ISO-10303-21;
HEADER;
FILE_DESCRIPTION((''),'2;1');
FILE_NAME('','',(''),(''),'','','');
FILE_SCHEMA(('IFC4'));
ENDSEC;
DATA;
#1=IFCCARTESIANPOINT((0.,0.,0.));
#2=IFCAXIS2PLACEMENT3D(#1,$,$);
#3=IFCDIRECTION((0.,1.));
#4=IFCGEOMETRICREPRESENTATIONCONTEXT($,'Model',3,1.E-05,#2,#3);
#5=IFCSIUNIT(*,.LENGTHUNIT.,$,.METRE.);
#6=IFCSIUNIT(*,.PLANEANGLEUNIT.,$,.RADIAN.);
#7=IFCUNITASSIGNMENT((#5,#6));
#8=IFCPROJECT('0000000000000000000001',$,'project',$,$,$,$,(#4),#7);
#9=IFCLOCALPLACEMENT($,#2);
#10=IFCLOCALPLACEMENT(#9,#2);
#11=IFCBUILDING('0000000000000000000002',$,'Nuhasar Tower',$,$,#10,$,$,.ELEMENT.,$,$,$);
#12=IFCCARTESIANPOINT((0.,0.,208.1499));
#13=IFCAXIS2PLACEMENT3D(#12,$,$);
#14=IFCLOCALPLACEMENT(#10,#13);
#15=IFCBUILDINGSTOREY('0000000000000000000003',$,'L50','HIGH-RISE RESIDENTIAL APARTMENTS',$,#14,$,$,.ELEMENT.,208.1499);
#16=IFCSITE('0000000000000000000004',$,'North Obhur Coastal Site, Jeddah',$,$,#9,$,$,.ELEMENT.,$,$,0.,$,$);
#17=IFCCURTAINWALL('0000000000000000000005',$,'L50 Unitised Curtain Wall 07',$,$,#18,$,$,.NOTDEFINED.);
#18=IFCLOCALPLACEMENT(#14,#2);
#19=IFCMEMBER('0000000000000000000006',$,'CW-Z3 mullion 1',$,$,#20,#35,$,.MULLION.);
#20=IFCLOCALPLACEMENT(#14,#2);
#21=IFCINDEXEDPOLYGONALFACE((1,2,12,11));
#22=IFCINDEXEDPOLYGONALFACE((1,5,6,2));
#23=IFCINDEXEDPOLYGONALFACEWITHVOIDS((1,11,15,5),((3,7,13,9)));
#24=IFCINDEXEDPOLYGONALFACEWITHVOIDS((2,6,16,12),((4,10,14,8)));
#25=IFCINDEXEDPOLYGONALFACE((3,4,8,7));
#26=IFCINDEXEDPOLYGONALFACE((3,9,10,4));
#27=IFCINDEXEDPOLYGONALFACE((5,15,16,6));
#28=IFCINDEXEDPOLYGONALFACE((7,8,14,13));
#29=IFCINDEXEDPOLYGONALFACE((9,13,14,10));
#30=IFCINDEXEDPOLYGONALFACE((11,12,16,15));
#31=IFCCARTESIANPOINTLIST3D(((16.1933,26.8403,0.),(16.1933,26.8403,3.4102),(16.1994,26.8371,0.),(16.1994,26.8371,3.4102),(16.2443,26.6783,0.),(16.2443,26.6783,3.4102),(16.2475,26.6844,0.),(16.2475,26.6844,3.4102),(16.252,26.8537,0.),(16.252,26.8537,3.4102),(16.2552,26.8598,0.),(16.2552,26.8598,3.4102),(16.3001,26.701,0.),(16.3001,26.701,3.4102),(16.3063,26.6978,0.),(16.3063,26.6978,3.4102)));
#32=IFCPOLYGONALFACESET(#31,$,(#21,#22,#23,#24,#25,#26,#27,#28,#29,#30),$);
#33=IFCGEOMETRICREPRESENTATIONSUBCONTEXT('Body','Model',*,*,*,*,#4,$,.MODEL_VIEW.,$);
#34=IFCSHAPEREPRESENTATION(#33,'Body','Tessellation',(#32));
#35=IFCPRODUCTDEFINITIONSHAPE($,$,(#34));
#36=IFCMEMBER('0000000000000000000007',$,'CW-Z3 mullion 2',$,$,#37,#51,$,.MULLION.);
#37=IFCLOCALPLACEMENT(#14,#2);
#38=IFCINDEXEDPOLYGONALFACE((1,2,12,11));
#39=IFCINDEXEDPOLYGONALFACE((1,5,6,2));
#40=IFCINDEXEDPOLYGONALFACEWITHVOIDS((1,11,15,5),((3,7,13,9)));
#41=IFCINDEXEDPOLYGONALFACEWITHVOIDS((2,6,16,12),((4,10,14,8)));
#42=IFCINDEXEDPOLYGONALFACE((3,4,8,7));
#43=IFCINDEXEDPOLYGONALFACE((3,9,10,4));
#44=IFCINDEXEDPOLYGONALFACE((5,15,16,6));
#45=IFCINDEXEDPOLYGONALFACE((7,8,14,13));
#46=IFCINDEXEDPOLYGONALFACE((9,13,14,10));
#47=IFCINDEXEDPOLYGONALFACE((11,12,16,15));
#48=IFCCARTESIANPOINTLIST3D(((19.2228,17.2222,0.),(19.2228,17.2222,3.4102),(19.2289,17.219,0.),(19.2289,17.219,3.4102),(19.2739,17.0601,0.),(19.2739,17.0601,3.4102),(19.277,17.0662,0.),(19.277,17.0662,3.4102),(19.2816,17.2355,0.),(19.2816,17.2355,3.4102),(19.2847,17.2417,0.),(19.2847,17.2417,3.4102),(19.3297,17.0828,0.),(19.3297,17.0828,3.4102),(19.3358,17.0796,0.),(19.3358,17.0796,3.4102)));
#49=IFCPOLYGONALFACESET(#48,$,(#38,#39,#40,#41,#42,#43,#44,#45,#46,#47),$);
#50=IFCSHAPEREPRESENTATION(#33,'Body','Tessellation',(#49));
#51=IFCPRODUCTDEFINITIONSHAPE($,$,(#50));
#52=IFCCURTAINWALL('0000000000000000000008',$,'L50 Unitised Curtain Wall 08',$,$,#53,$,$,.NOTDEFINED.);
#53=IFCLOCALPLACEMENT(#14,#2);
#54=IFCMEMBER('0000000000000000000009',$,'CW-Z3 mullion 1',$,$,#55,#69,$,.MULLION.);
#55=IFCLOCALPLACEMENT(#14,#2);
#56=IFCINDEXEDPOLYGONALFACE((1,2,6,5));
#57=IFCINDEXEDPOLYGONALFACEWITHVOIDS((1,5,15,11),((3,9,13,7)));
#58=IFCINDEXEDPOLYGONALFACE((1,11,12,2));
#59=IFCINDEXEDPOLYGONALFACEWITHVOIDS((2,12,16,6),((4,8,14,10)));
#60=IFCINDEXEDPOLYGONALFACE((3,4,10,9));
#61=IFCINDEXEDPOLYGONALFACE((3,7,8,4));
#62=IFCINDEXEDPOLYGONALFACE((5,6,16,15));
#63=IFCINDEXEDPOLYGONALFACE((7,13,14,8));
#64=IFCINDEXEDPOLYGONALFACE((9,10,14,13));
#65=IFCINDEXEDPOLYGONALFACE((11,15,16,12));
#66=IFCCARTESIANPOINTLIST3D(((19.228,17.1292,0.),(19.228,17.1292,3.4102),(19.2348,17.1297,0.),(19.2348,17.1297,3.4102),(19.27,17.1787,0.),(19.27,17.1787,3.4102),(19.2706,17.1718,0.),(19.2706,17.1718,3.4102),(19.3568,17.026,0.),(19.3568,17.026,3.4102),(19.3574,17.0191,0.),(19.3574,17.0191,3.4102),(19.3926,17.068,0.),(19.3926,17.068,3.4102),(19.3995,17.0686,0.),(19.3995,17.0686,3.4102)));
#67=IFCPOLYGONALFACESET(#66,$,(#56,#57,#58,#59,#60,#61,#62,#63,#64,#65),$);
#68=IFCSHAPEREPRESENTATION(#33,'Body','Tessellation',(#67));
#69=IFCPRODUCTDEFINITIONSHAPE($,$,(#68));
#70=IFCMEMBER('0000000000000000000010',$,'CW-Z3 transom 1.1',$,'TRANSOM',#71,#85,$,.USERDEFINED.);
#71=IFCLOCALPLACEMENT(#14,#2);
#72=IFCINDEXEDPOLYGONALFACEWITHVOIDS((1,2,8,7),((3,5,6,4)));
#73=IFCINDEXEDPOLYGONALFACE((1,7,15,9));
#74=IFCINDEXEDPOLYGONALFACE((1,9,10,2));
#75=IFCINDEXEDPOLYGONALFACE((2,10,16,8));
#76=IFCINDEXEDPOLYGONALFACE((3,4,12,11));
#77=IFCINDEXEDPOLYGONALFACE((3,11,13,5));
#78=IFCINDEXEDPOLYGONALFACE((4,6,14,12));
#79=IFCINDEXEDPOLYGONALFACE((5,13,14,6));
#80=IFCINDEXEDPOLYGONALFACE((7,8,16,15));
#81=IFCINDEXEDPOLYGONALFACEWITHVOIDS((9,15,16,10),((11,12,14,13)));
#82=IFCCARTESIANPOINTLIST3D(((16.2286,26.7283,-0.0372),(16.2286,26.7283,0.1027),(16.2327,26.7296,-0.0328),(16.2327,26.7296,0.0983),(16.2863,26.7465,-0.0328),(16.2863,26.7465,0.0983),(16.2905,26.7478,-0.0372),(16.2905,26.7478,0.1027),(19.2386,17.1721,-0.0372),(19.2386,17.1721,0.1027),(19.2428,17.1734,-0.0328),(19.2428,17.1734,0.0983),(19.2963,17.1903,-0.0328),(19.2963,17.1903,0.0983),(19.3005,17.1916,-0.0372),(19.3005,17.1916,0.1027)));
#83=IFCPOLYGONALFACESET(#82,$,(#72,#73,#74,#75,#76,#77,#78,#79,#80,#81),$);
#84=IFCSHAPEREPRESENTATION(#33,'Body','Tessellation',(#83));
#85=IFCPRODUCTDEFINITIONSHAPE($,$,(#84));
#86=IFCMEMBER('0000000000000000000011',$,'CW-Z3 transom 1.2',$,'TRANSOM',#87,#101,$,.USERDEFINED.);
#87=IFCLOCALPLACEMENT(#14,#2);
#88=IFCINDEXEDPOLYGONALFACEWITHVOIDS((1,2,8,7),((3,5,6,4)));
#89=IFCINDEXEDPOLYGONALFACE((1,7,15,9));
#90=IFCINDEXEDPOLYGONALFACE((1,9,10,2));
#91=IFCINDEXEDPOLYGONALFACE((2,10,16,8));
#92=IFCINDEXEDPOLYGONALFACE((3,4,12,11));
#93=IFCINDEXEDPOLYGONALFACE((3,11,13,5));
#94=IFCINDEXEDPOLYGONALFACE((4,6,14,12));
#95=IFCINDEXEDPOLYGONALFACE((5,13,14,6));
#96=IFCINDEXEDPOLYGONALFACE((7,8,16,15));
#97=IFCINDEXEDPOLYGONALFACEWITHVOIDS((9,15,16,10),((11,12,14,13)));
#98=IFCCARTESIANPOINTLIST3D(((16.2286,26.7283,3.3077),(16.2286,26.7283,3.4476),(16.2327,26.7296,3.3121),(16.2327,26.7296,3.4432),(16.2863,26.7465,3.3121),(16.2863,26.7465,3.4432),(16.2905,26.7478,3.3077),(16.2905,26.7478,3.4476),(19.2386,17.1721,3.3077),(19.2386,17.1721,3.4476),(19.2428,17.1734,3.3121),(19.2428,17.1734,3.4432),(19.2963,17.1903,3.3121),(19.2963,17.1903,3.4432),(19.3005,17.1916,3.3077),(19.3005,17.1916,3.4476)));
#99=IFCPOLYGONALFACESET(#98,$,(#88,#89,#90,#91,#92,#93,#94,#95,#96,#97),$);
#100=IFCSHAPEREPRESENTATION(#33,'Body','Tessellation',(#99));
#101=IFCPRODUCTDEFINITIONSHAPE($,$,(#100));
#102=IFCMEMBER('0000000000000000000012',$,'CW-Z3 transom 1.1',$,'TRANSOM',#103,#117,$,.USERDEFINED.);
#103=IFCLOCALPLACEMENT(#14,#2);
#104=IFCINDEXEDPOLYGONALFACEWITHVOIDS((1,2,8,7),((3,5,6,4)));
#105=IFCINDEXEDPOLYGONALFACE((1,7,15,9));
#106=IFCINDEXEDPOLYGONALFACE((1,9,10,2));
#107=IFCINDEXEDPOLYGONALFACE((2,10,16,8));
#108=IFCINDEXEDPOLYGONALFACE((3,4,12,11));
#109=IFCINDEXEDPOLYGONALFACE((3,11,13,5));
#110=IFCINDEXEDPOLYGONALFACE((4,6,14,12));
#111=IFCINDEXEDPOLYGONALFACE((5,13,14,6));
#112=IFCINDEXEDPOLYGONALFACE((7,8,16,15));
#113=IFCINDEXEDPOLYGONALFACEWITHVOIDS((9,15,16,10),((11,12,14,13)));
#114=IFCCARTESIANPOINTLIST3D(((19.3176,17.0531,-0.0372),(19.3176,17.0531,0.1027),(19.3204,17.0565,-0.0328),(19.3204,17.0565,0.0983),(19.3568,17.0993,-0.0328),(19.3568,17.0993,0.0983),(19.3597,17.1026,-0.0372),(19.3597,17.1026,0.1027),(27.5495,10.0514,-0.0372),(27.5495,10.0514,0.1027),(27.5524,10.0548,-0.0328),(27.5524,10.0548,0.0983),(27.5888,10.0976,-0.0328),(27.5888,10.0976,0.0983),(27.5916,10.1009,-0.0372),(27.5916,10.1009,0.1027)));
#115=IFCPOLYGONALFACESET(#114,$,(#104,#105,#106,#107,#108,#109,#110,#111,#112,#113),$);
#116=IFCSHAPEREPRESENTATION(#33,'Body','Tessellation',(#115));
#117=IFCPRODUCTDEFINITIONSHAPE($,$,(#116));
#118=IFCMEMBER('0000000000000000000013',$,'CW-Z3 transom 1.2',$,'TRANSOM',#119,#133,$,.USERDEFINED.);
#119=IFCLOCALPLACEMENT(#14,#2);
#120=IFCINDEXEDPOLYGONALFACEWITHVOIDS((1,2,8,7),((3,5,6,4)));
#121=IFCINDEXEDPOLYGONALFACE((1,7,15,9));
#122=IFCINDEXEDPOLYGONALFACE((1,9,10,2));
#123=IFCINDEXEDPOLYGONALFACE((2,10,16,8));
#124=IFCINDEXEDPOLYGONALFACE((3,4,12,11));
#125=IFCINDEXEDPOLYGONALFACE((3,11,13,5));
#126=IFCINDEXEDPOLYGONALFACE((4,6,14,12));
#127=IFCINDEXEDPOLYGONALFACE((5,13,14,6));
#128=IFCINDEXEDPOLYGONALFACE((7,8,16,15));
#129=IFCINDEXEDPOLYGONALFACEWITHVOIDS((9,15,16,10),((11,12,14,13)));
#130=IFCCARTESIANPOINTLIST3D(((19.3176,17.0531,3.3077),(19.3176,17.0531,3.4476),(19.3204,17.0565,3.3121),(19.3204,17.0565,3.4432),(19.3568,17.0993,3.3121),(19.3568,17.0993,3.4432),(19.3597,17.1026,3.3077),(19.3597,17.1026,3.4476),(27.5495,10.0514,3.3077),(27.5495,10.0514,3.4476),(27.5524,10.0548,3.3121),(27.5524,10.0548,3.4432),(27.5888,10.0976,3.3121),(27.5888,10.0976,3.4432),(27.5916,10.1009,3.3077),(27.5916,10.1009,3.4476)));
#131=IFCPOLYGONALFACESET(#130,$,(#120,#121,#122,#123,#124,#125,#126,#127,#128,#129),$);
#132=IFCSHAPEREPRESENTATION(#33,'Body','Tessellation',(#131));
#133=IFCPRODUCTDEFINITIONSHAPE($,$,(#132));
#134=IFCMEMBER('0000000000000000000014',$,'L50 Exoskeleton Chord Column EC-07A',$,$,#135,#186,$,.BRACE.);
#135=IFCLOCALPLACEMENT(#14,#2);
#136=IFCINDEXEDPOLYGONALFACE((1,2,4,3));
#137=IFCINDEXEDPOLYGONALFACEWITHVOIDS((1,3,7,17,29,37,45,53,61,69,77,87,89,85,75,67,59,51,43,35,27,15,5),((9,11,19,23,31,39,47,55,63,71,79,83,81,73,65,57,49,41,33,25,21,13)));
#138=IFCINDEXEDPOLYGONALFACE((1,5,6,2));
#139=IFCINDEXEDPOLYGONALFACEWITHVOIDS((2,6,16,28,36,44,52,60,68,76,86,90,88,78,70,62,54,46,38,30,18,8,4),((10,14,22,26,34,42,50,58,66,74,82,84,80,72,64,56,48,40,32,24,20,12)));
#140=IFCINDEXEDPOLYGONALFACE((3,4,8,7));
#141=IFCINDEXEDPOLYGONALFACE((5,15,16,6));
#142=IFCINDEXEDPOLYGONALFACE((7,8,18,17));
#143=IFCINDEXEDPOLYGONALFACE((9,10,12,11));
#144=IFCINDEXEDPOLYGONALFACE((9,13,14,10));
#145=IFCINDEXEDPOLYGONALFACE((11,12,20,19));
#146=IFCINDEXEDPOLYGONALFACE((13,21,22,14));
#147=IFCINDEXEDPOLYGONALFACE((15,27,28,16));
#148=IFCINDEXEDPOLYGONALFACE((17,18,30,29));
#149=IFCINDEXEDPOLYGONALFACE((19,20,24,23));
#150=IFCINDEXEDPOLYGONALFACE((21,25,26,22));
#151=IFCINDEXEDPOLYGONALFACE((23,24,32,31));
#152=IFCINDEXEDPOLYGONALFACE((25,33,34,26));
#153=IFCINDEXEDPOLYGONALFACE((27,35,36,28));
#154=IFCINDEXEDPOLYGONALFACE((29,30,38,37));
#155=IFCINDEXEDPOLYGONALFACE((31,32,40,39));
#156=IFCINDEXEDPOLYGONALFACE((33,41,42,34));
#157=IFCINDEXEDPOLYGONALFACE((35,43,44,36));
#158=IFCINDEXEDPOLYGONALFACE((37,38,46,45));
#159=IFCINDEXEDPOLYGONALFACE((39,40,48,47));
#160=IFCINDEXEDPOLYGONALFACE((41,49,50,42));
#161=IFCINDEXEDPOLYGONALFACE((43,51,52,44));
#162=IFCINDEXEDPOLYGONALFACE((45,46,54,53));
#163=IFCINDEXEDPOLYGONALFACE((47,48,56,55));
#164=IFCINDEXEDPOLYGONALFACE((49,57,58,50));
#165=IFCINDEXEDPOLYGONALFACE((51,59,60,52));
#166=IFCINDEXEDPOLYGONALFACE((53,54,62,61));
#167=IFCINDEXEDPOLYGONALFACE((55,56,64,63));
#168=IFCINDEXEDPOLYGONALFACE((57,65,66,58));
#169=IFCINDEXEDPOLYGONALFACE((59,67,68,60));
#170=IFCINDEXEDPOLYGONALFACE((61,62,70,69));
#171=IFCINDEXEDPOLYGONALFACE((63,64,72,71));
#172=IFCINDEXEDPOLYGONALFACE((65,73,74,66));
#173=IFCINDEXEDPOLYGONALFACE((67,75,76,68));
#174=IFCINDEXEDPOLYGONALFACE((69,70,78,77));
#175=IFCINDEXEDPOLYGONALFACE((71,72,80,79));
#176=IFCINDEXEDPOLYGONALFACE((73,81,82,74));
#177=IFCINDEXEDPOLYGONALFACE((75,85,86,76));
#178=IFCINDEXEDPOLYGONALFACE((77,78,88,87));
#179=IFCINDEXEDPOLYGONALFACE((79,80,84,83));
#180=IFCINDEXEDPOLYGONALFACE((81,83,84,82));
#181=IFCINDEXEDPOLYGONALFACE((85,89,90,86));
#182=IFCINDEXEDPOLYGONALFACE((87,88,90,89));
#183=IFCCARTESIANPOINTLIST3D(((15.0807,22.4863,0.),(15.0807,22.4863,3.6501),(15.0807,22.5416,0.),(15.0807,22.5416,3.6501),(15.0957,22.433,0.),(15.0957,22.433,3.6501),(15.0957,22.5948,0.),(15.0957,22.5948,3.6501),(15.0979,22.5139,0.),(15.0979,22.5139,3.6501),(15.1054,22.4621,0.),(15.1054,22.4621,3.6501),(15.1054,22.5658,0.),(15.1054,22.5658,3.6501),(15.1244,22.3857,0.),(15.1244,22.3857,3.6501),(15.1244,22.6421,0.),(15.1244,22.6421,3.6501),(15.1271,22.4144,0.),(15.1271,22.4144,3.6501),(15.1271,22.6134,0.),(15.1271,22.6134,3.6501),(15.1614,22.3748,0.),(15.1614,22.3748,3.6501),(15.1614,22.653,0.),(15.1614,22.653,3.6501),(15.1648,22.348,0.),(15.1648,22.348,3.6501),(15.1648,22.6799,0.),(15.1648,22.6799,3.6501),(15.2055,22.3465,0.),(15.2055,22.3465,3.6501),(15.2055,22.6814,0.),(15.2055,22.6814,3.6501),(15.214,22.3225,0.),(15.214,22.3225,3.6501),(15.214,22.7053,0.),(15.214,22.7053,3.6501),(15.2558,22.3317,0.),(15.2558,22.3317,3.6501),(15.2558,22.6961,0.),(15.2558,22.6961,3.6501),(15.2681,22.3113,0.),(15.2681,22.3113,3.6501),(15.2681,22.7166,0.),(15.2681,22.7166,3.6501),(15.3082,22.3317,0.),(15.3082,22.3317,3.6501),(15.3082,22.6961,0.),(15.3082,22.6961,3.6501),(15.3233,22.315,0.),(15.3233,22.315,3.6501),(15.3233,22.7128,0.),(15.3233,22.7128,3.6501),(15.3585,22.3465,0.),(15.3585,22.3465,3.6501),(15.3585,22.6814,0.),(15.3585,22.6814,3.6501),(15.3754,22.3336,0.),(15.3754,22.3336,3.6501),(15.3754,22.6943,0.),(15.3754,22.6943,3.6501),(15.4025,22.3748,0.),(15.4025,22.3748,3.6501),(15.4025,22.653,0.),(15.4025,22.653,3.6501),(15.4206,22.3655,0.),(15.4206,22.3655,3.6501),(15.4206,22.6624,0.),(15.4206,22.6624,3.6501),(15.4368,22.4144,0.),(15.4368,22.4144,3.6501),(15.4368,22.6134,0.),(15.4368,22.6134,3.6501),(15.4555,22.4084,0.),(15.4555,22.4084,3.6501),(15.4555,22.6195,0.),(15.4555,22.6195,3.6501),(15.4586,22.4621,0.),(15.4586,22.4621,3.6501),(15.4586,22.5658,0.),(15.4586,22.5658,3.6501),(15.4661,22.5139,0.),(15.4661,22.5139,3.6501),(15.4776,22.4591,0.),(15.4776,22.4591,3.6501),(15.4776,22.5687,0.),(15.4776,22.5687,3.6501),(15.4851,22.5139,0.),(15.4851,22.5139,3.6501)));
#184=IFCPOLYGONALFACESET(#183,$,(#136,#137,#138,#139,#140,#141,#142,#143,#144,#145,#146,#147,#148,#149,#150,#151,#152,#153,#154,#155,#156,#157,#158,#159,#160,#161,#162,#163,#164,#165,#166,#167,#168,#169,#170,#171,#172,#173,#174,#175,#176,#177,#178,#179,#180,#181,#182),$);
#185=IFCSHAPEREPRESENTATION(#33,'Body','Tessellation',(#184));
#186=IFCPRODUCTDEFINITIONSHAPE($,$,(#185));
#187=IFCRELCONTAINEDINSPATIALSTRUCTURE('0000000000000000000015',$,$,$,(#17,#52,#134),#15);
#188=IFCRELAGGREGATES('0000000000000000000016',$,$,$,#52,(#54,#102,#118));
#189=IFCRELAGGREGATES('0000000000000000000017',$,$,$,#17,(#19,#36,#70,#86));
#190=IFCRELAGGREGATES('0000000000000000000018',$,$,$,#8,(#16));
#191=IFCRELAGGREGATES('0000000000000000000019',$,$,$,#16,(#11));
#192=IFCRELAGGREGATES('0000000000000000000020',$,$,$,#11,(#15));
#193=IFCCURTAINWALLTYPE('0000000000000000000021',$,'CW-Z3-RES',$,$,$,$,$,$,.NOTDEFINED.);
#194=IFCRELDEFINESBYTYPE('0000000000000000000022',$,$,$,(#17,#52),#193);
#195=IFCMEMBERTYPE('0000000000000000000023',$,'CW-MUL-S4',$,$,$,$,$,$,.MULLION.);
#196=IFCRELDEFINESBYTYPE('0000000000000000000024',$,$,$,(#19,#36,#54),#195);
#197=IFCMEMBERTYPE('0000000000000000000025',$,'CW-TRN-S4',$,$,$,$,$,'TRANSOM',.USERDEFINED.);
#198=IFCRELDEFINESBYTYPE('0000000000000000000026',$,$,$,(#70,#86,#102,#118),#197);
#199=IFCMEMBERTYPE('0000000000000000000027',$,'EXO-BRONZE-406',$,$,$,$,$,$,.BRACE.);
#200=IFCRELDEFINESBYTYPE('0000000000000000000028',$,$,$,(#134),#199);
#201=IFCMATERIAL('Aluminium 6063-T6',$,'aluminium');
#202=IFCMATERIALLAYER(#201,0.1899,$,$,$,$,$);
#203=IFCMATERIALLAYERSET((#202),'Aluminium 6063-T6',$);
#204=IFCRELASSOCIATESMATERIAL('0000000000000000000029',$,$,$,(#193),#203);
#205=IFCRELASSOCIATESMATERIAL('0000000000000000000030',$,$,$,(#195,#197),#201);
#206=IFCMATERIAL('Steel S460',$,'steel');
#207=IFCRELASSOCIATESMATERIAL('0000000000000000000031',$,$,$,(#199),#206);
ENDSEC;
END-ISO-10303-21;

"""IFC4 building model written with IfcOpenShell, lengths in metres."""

from ifc_helpers import new_model, si_unit, direction, frame, origin, origin_2d, place, context, subcontext, project, spatial, hollow_rectangle, hollow_circle, extrude, material, layer, layer_set, material_profile, profile_set, type_object, element, aggregate, save


model = new_model("IFC4")

# Units and contexts
model_context = context("Model", 3, precision=1e-05, world=origin(), true_north=direction((0.0, 1.0)))
body_context = subcontext(model_context, "Body", "Model", "MODEL_VIEW")
ifc_project = project(units=[si_unit("LENGTHUNIT", "METRE"), si_unit("PLANEANGLEUNIT", "RADIAN")], contexts=[model_context])

# Site, building, storey
site_placement = place(None, origin())
site = spatial("IfcSite", under=ifc_project, at=site_placement, Name="North Obhur Coastal Site, Jeddah", CompositionType="ELEMENT", RefElevation=0.0)
building_placement = place(site_placement, origin())
building = spatial("IfcBuilding", under=site, at=building_placement, Name="Nuhasar Tower", CompositionType="ELEMENT")
storey_placement = place(building_placement, frame((0.0, 0.0, 208.1499)))
storey = spatial("IfcBuildingStorey", under=building, at=storey_placement, Name="L50", Description="HIGH-RISE RESIDENTIAL APARTMENTS", CompositionType="ELEMENT", Elevation=208.1499)

# Curtain wall, members
ifc_material_1 = material(Name="Aluminium 6063-T6", Category="aluminium")
ifc_layer_1 = layer(ifc_material_1, 0.1899)
ifc_layer_set_1 = layer_set([ifc_layer_1], Name="Aluminium 6063-T6")
curtain_wall_type = type_object("IfcCurtainWallType", Name="CW-Z3-RES", PredefinedType="NOTDEFINED", material=ifc_layer_set_1)
curtain_wall_1_placement = place(storey_placement, origin())
curtain_wall_1 = element("IfcCurtainWall", 1, at=curtain_wall_1_placement, inside=storey, type_object=curtain_wall_type, Name="L50 Unitised Curtain Wall 07", PredefinedType="NOTDEFINED")
ifc_material_profile_1 = material_profile(ifc_material_1, hollow_rectangle(XDim=0.0649, YDim=0.1699, WallThickness=0.0049, at=origin_2d()), Name="CWM-4")
ifc_profile_set_1 = profile_set([ifc_material_profile_1], Name="Aluminium 6063-T6")
member_type_1 = type_object("IfcMemberType", Name="CW-MUL-S4", PredefinedType="MULLION", material=ifc_profile_set_1)
member_1_placement = place(storey_placement, frame((16.2498, 26.769, 0.0), z_axis=(0.0, 0.0, 1.0), x_axis=(0.953804, 0.300429, 0.0)))
member_1 = element("IfcMember", 2, at=member_1_placement, type_object=member_type_1, Name="CW-Z3 mullion 1", PredefinedType="MULLION", context=body_context, shape_type="SweptSolid", body=[
    extrude(hollow_rectangle(XDim=0.0649, YDim=0.1699, WallThickness=0.0049, at=origin_2d()), origin(), (0.0, 0.0, 1.0), 3.4102),
])
member_2_placement = place(storey_placement, frame((19.2793, 17.1509, 0.0), z_axis=(0.0, 0.0, 1.0), x_axis=(0.953804, 0.300429, 0.0)))
member_2 = element("IfcMember", 3, at=member_2_placement, type_object=member_type_1, Name="CW-Z3 mullion 2", PredefinedType="MULLION", context=body_context, shape_type="SweptSolid", body=[
    extrude(hollow_rectangle(XDim=0.0649, YDim=0.1699, WallThickness=0.0049, at=origin_2d()), origin(), (0.0, 0.0, 1.0), 3.4102),
])

# Curtain wall, member
curtain_wall_2_placement = place(storey_placement, origin())
curtain_wall_2 = element("IfcCurtainWall", 4, at=curtain_wall_2_placement, inside=storey, type_object=curtain_wall_type, Name="L50 Unitised Curtain Wall 08", PredefinedType="NOTDEFINED")
member_3_placement = place(storey_placement, frame((19.3137, 17.0989, 0.0), z_axis=(0.0, 0.0, 1.0), x_axis=(0.647895, 0.761729, 0.0)))
member_3 = element("IfcMember", 5, at=member_3_placement, type_object=member_type_1, Name="CW-Z3 mullion 1", PredefinedType="MULLION", context=body_context, shape_type="SweptSolid", body=[
    extrude(hollow_rectangle(XDim=0.0649, YDim=0.1699, WallThickness=0.0049, at=origin_2d()), origin(), (0.0, 0.0, 1.0), 3.4102),
])

# Members
ifc_material_profile_2 = material_profile(ifc_material_1, hollow_rectangle(XDim=0.0649, YDim=0.1399, WallThickness=0.0044, at=origin_2d()), Name="CWT-4")
ifc_profile_set_2 = profile_set([ifc_material_profile_2], Name="Aluminium 6063-T6")
member_type_2 = type_object("IfcMemberType", Name="CW-TRN-S4", ElementType="TRANSOM", PredefinedType="USERDEFINED", material=ifc_profile_set_2)
member_4_placement = place(storey_placement, frame((16.2595, 26.738, 0.0327), z_axis=(0.30043, -0.953804, 0.0), x_axis=(0.953804, 0.30043, 0.0)))
member_4 = element("IfcMember", 6, at=member_4_placement, type_object=member_type_2, Name="CW-Z3 transom 1.1", ObjectType="TRANSOM", PredefinedType="USERDEFINED", context=body_context, shape_type="SweptSolid", body=[
    extrude(hollow_rectangle(XDim=0.0649, YDim=0.1399, WallThickness=0.0044, at=origin_2d()), origin(), (0.0, 0.0, 1.0), 10.019),
])
member_5_placement = place(storey_placement, frame((16.2595, 26.738, 3.3777), z_axis=(0.30043, -0.953804, 0.0), x_axis=(0.953804, 0.30043, 0.0)))
member_5 = element("IfcMember", 7, at=member_5_placement, type_object=member_type_2, Name="CW-Z3 transom 1.2", ObjectType="TRANSOM", PredefinedType="USERDEFINED", context=body_context, shape_type="SweptSolid", body=[
    extrude(hollow_rectangle(XDim=0.0649, YDim=0.1399, WallThickness=0.0044, at=origin_2d()), origin(), (0.0, 0.0, 1.0), 10.019),
])
member_6_placement = place(storey_placement, frame((19.3386, 17.0779, 0.0327), z_axis=(0.761731, -0.647894, 0.0), x_axis=(0.647894, 0.761731, 0.0)))
member_6 = element("IfcMember", 8, at=member_6_placement, type_object=member_type_2, Name="CW-Z3 transom 1.1", ObjectType="TRANSOM", PredefinedType="USERDEFINED", context=body_context, shape_type="SweptSolid", body=[
    extrude(hollow_rectangle(XDim=0.0649, YDim=0.1399, WallThickness=0.0044, at=origin_2d()), origin(), (0.0, 0.0, 1.0), 10.8069),
])
member_7_placement = place(storey_placement, frame((19.3386, 17.0779, 3.3777), z_axis=(0.761731, -0.647894, 0.0), x_axis=(0.647894, 0.761731, 0.0)))
member_7 = element("IfcMember", 9, at=member_7_placement, type_object=member_type_2, Name="CW-Z3 transom 1.2", ObjectType="TRANSOM", PredefinedType="USERDEFINED", context=body_context, shape_type="SweptSolid", body=[
    extrude(hollow_rectangle(XDim=0.0649, YDim=0.1399, WallThickness=0.0044, at=origin_2d()), origin(), (0.0, 0.0, 1.0), 10.8069),
])
aggregate(curtain_wall_2, [member_3, member_6, member_7])

# Member
ifc_material_2 = material(Name="Steel S460", Category="steel")
ifc_material_profile_3 = material_profile(ifc_material_2, hollow_circle(Radius=0.2031, WallThickness=0.019, at=origin_2d()), Name="HSS406.4X19.1")
ifc_profile_set_3 = profile_set([ifc_material_profile_3], Name="Steel S460")
member_type_3 = type_object("IfcMemberType", Name="EXO-BRONZE-406", PredefinedType="BRACE", material=ifc_profile_set_3)
for number, where, z_axis, x_axis, name in (
    (10, (15.282, 22.5139, 0.0), (0.0, 0.0, 1.0), (1.0, 0.0, 0.0), "L50 Exoskeleton Chord Column EC-07A"),
):
    element("IfcMember", number, at=place(storey_placement, frame(where, z_axis=z_axis, x_axis=x_axis)), inside=storey, type_object=member_type_3, Name=name, PredefinedType="BRACE", context=body_context, shape_type="SweptSolid", body=[
        extrude(hollow_circle(Radius=0.2031, WallThickness=0.019, at=origin_2d()), origin(), (0.0, 0.0, 1.0), 3.6501),
    ])

aggregate(curtain_wall_1, [member_1, member_2, member_4, member_5])

save(model, "model.ifc")
